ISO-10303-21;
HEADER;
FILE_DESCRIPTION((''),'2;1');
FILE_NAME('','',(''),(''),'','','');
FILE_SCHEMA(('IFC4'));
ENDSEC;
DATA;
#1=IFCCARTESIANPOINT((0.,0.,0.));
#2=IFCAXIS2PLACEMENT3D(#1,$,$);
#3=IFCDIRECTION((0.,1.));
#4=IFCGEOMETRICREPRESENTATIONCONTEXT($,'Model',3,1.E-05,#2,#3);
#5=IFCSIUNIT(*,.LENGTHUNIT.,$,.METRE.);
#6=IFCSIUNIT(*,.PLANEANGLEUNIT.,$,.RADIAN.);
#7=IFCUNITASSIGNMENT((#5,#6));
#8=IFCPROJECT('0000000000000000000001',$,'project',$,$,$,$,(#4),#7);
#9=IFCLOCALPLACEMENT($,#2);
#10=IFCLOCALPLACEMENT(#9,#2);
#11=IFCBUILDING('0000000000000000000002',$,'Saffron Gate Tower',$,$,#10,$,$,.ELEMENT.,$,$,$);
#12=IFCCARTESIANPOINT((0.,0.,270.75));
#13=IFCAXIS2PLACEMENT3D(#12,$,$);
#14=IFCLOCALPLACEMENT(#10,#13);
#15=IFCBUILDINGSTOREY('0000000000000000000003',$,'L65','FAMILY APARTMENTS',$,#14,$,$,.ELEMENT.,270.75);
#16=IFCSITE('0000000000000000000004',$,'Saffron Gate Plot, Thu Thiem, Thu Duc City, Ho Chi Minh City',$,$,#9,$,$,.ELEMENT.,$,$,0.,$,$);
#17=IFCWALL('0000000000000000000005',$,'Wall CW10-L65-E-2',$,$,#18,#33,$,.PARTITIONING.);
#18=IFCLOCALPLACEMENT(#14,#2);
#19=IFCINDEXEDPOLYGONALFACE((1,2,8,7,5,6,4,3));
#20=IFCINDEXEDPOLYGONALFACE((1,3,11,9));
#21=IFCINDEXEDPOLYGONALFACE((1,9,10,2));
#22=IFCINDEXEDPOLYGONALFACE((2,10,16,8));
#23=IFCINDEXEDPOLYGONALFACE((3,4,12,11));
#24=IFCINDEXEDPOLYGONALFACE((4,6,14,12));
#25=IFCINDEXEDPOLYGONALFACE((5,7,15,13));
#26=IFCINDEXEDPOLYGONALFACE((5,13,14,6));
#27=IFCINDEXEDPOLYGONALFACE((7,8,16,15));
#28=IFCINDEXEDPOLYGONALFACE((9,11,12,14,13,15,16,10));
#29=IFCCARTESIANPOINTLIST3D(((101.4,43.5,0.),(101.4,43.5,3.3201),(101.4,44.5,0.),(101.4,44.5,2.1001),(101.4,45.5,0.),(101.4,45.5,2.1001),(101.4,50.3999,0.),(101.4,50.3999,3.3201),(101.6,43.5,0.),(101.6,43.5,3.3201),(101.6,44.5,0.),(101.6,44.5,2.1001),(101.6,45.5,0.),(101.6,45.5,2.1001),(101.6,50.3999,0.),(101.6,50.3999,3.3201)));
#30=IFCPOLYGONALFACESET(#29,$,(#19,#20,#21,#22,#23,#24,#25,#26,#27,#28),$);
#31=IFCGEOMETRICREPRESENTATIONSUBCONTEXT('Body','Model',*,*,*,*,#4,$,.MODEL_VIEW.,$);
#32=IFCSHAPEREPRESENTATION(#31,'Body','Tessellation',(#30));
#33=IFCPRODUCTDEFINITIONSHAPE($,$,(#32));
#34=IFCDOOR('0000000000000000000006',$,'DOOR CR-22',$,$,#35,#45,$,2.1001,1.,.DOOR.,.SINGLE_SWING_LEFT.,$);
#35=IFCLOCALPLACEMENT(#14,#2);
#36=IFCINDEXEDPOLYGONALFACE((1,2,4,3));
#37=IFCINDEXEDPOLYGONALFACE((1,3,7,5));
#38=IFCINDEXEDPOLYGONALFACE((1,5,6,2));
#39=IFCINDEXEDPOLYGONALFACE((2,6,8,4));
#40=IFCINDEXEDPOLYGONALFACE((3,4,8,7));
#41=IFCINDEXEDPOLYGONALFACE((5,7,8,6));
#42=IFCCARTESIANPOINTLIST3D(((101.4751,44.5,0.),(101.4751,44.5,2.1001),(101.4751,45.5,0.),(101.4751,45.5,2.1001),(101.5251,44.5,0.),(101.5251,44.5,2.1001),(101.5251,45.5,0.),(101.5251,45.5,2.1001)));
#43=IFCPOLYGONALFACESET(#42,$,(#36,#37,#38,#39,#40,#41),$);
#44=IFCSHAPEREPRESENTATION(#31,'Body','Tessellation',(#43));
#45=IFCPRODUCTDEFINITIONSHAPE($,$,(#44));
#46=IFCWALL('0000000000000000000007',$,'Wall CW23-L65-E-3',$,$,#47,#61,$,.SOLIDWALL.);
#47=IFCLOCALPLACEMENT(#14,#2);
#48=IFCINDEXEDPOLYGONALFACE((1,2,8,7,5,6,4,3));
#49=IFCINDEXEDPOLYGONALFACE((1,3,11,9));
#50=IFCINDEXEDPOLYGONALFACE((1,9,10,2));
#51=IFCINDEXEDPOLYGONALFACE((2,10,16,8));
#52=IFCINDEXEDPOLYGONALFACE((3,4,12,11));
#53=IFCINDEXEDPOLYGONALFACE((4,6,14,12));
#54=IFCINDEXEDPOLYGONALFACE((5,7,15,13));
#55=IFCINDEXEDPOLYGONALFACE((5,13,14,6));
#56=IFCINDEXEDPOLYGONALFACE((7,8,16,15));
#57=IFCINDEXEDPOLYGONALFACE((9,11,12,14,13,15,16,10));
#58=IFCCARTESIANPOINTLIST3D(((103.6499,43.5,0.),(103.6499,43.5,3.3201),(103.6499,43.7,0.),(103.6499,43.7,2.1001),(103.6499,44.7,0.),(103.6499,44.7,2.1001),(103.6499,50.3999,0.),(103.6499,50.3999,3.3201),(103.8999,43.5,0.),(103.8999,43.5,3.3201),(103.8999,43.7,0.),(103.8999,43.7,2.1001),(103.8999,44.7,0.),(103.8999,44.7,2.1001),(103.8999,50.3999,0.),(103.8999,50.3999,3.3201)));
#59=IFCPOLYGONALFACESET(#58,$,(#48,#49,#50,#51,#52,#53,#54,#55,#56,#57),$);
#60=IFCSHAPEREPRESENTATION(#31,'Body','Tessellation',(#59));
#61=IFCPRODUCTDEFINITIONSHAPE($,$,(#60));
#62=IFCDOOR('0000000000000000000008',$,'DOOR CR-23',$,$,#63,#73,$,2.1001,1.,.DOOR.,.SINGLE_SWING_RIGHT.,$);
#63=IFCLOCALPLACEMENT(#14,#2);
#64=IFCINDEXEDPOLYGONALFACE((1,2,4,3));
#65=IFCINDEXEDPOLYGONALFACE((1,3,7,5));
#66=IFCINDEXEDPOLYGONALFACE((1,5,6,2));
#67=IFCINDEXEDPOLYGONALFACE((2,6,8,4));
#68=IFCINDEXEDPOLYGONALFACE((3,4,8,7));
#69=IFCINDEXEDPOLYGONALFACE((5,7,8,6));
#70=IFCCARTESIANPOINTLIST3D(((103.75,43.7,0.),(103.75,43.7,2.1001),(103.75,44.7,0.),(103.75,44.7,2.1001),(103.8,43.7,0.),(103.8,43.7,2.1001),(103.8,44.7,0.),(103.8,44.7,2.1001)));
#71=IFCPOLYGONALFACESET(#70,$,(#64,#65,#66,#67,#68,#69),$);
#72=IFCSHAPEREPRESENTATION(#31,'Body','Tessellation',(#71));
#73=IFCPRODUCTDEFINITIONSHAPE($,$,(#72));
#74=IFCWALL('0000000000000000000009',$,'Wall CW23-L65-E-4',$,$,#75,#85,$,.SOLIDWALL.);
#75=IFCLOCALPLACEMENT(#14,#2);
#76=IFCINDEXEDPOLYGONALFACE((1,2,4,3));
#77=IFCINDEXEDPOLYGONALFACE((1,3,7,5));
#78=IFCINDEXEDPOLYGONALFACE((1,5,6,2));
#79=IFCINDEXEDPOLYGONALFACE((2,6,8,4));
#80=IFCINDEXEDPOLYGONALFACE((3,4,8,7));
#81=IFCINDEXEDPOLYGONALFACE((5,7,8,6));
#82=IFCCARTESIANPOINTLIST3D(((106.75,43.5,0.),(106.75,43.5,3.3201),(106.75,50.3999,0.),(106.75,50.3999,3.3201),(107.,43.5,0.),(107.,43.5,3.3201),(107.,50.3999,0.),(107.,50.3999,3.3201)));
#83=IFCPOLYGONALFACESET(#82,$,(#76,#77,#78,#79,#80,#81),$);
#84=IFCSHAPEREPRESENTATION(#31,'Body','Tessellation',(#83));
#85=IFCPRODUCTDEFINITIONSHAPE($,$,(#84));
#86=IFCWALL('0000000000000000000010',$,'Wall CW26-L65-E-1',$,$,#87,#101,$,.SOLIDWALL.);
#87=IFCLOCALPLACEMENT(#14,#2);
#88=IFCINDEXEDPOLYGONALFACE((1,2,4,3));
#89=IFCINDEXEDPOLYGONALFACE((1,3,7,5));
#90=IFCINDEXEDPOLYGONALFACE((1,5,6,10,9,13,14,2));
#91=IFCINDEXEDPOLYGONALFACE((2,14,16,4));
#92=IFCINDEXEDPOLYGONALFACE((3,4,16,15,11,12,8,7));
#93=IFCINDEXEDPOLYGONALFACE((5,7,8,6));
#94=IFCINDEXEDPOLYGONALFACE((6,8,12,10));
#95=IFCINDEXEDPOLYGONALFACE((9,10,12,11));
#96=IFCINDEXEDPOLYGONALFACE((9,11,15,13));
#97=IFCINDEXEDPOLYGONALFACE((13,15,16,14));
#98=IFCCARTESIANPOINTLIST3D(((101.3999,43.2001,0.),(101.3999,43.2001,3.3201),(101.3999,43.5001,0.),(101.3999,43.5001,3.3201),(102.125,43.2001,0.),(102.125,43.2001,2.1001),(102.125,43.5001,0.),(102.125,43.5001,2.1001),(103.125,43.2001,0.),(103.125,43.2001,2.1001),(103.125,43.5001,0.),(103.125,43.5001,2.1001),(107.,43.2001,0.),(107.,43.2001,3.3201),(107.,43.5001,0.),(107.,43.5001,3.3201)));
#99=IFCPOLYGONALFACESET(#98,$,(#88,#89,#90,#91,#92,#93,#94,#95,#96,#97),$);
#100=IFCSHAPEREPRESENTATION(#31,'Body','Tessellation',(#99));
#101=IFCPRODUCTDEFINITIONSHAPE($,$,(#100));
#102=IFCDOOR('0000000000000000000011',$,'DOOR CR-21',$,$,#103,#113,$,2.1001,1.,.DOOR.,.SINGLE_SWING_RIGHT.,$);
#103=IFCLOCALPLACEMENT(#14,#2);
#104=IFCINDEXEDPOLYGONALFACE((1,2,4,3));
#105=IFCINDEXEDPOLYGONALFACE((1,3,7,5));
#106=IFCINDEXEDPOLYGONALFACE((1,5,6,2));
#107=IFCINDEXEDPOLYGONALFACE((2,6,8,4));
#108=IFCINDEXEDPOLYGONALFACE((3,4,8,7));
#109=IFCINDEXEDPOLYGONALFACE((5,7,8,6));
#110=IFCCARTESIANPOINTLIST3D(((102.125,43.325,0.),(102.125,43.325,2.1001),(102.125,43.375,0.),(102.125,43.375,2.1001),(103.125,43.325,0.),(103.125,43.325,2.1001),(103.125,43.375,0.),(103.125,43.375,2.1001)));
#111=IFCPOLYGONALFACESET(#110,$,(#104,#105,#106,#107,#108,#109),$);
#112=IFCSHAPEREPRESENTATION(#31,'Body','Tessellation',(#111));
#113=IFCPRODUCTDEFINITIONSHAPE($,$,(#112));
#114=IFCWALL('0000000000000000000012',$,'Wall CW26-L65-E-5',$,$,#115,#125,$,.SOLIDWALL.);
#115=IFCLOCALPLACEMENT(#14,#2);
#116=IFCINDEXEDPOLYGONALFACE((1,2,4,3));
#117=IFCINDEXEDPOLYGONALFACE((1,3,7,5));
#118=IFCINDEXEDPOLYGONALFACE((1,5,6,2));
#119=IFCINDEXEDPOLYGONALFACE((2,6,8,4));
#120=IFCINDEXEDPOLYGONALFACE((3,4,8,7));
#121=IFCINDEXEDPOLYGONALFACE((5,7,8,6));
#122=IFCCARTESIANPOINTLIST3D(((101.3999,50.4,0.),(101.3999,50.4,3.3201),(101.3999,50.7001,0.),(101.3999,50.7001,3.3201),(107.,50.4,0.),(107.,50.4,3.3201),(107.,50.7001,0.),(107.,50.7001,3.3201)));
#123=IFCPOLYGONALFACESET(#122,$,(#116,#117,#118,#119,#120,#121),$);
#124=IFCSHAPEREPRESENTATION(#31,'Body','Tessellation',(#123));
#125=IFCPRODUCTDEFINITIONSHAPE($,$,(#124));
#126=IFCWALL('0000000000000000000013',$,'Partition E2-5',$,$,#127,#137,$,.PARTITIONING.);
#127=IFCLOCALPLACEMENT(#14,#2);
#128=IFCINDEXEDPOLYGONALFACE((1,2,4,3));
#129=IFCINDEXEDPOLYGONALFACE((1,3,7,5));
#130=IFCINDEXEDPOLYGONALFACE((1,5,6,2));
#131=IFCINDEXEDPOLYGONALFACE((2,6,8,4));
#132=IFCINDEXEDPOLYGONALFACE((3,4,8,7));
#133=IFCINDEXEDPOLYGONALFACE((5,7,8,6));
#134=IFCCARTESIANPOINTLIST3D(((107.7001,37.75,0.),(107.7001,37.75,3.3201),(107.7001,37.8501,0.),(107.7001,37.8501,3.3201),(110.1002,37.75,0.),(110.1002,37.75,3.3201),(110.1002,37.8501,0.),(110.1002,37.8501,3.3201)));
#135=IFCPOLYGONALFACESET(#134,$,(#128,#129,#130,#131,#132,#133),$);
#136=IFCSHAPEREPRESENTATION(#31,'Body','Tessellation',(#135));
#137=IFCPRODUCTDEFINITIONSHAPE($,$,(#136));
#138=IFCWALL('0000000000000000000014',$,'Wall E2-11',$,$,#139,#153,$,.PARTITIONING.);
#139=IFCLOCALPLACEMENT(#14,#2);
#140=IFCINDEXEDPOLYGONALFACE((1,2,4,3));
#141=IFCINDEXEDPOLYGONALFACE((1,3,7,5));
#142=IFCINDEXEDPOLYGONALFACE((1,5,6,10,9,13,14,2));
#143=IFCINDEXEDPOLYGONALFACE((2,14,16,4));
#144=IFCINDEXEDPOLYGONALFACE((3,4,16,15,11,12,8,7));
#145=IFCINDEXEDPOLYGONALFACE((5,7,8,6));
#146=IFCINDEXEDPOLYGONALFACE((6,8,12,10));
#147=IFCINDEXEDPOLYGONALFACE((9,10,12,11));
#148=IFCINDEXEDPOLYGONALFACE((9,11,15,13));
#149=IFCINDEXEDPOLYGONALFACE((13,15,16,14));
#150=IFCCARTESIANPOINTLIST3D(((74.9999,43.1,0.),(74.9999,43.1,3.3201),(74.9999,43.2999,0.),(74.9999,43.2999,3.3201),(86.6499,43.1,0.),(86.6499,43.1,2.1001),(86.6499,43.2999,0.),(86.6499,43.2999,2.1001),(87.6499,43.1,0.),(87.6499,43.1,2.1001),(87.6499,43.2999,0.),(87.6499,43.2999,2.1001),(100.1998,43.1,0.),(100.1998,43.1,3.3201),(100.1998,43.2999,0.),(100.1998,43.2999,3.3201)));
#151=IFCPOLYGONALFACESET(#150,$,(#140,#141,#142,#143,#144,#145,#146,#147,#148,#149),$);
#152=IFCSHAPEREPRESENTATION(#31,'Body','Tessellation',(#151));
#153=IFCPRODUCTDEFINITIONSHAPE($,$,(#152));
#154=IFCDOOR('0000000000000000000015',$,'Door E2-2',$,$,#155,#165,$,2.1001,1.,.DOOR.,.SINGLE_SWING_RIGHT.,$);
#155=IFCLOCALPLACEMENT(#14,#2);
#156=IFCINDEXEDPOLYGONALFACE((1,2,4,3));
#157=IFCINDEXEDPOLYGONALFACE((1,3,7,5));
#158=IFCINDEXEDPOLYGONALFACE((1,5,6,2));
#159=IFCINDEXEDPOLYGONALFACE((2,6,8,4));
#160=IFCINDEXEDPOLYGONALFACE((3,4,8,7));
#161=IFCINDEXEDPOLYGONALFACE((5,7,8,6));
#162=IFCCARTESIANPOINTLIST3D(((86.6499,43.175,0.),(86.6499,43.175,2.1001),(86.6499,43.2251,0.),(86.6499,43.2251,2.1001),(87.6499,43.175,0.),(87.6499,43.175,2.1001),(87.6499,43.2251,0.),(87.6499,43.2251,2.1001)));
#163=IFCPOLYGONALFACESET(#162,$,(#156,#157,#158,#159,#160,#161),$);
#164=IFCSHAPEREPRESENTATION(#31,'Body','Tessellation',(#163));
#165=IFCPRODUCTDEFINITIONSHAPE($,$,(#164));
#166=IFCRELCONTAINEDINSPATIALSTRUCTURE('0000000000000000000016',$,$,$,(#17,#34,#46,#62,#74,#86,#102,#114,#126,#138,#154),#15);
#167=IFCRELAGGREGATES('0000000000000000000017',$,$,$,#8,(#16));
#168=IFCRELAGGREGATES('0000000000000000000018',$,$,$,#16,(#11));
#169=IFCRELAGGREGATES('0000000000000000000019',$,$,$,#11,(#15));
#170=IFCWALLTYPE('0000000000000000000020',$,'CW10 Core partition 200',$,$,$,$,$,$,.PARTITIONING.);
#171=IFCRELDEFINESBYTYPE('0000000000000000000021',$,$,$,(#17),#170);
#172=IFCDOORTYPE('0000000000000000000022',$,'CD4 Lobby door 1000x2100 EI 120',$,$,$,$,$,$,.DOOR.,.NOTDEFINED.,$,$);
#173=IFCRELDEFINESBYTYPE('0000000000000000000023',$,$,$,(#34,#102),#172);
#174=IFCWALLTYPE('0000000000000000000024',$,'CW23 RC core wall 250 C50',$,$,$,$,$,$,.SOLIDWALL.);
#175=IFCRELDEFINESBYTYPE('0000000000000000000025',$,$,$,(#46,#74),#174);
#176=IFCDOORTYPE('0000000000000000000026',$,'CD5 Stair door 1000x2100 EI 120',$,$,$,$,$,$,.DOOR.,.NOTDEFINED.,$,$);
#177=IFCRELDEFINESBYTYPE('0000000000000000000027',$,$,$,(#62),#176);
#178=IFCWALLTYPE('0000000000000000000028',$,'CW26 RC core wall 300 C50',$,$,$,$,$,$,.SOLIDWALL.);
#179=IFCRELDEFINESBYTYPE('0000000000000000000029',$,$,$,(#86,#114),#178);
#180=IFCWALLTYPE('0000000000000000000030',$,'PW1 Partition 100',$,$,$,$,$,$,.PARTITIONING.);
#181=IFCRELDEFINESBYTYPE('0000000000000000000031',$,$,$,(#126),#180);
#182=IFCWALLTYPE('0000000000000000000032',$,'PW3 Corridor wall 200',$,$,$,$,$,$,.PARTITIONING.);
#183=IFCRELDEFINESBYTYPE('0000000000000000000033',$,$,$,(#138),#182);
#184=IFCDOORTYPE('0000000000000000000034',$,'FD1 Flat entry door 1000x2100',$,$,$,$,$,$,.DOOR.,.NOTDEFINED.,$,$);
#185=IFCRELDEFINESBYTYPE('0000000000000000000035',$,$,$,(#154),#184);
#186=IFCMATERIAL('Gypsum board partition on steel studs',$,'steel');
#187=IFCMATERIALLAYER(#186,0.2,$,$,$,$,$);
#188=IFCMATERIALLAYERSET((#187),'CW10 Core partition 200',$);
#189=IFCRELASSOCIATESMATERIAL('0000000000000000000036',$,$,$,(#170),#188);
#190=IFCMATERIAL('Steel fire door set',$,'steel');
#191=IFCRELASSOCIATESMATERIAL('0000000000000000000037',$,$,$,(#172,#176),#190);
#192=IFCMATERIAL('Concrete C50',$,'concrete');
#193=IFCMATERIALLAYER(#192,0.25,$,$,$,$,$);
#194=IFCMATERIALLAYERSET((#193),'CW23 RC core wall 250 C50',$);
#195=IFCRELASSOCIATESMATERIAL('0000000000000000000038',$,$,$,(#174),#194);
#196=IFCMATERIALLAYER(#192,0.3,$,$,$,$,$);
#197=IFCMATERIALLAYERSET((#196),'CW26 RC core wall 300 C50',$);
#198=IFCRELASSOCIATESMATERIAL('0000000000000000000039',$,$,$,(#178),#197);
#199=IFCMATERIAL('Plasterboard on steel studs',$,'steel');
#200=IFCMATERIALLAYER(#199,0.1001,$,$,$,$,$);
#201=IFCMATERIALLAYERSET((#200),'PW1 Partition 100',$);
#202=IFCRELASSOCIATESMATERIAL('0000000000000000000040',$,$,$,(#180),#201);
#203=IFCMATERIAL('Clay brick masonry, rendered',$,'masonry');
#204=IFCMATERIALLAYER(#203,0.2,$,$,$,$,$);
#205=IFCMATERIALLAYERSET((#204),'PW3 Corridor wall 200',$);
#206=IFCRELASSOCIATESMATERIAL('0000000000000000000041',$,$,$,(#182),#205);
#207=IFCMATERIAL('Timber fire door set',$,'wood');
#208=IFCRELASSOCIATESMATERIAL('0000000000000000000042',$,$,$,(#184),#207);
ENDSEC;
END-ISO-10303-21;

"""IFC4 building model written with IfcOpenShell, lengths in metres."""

from ifc_helpers import new_model, si_unit, direction, frame, frame_2d, origin, place, context, subcontext, project, spatial, rectangle, extrude, material, layer, layer_set, type_object, element, fill, save


model = new_model("IFC4")

# Units and contexts
model_context = context("Model", 3, precision=1e-05, world=origin(), true_north=direction((0.0, 1.0)))
body_context = subcontext(model_context, "Body", "Model", "MODEL_VIEW")
ifc_project = project(units=[si_unit("LENGTHUNIT", "METRE"), si_unit("PLANEANGLEUNIT", "RADIAN")], contexts=[model_context])

# Site, building, storey
site_placement = place(None, origin())
site = spatial("IfcSite", under=ifc_project, at=site_placement, Name="Saffron Gate Plot, Thu Thiem, Thu Duc City, Ho Chi Minh City", CompositionType="ELEMENT", RefElevation=0.0)
building_placement = place(site_placement, origin())
building = spatial("IfcBuilding", under=site, at=building_placement, Name="Saffron Gate Tower", CompositionType="ELEMENT")
storey_placement = place(building_placement, frame((0.0, 0.0, 270.75)))
storey = spatial("IfcBuildingStorey", under=building, at=storey_placement, Name="L65", Description="FAMILY APARTMENTS", CompositionType="ELEMENT", Elevation=270.75)

# Walls, openings, doors
ifc_material_1 = material(Name="Gypsum board partition on steel studs", Category="steel")
ifc_layer_1 = layer(ifc_material_1, 0.2)
ifc_layer_set_1 = layer_set([ifc_layer_1], Name="CW10 Core partition 200")
wall_type_1 = type_object("IfcWallType", Name="CW10 Core partition 200", PredefinedType="PARTITIONING", material=ifc_layer_set_1)
wall_1_placement = place(storey_placement, frame((101.5, 43.5, 0.0), z_axis=(0.0, 0.0, 1.0), x_axis=(0.0, 1.0, 0.0)))
wall_1 = element("IfcWall", 1, at=wall_1_placement, inside=storey, type_object=wall_type_1, Name="Wall CW10-L65-E-2", PredefinedType="PARTITIONING", context=body_context, shape_type="SweptSolid", body=[
    extrude(rectangle(XDim=6.8999, YDim=0.2, at=frame_2d((3.45, 0.0))), origin(), (0.0, 0.0, 1.0), 3.3201),
])
opening_1_placement = place(wall_1_placement, frame((1.0, 0.0, 0.0)))
opening_1 = element("IfcOpeningElement", 2, at=opening_1_placement, cuts=wall_1, PredefinedType="OPENING", context=body_context, shape_type="SweptSolid", body=[
    extrude(rectangle(XDim=1.0, YDim=2.1001, at=frame_2d((0.5, 1.05))), frame((0.0, 0.1099, 0.0), z_axis=(0.0, -1.0, 0.0), x_axis=(1.0, 0.0, 0.0)), (0.0, 0.0, 1.0), 0.22),
])
ifc_material_2 = material(Name="Steel fire door set", Category="steel")
door_type_1 = type_object("IfcDoorType", Name="CD4 Lobby door 1000x2100 EI 120", OperationType="NOTDEFINED", PredefinedType="DOOR", material=ifc_material_2)
door_1_placement = place(opening_1_placement, origin())
door_1 = element("IfcDoor", 3, at=door_1_placement, inside=storey, type_object=door_type_1, Name="DOOR CR-22", OperationType="SINGLE_SWING_LEFT", OverallHeight=2.1001, OverallWidth=1.0, PredefinedType="DOOR", context=body_context, shape_type="SweptSolid", body=[
    extrude(rectangle(XDim=1.0, YDim=2.1001, at=frame_2d((0.5, 1.05))), frame((0.0, 0.0249, 0.0), z_axis=(0.0, -1.0, 0.0), x_axis=(1.0, 0.0, 0.0)), (0.0, 0.0, 1.0), 0.05),
])
fill(opening_1, door_1)
ifc_material_3 = material(Name="Concrete C50", Category="concrete")
ifc_layer_2 = layer(ifc_material_3, 0.25)
ifc_layer_set_2 = layer_set([ifc_layer_2], Name="CW23 RC core wall 250 C50")
wall_type_2 = type_object("IfcWallType", Name="CW23 RC core wall 250 C50", PredefinedType="SOLIDWALL", material=ifc_layer_set_2)
wall_2_placement = place(storey_placement, frame((103.7749, 43.5, 0.0), z_axis=(0.0, 0.0, 1.0), x_axis=(0.0, 1.0, 0.0)))
wall_2 = element("IfcWall", 4, at=wall_2_placement, inside=storey, type_object=wall_type_2, Name="Wall CW23-L65-E-3", PredefinedType="SOLIDWALL", context=body_context, shape_type="SweptSolid", body=[
    extrude(rectangle(XDim=6.8999, YDim=0.25, at=frame_2d((3.45, 0.0))), origin(), (0.0, 0.0, 1.0), 3.3201),
])
opening_2_placement = place(wall_2_placement, frame((0.2, 0.0, 0.0)))
opening_2 = element("IfcOpeningElement", 5, at=opening_2_placement, cuts=wall_2, PredefinedType="OPENING", context=body_context, shape_type="SweptSolid", body=[
    extrude(rectangle(XDim=1.0, YDim=2.1001, at=frame_2d((0.5, 1.05))), frame((0.0, 0.135, 0.0), z_axis=(0.0, -1.0, 0.0), x_axis=(1.0, 0.0, 0.0)), (0.0, 0.0, 1.0), 0.27),
])
door_type_2 = type_object("IfcDoorType", Name="CD5 Stair door 1000x2100 EI 120", OperationType="NOTDEFINED", PredefinedType="DOOR", material=ifc_material_2)
door_2_placement = place(opening_2_placement, origin())
door_2 = element("IfcDoor", 6, at=door_2_placement, inside=storey, type_object=door_type_2, Name="DOOR CR-23", OperationType="SINGLE_SWING_RIGHT", OverallHeight=2.1001, OverallWidth=1.0, PredefinedType="DOOR", context=body_context, shape_type="SweptSolid", body=[
    extrude(rectangle(XDim=1.0, YDim=2.1001, at=frame_2d((0.5, 1.05))), frame((0.0, 0.0249, 0.0), z_axis=(0.0, -1.0, 0.0), x_axis=(1.0, 0.0, 0.0)), (0.0, 0.0, 1.0), 0.05),
])
fill(opening_2, door_2)

# Wall
wall_3_placement = place(storey_placement, frame((106.875, 43.5, 0.0), z_axis=(0.0, 0.0, 1.0), x_axis=(0.0, 1.0, 0.0)))
element("IfcWall", 7, at=wall_3_placement, inside=storey, type_object=wall_type_2, Name="Wall CW23-L65-E-4", PredefinedType="SOLIDWALL", context=body_context, shape_type="SweptSolid", body=[
    extrude(rectangle(XDim=6.8999, YDim=0.25, at=frame_2d((3.45, 0.0))), origin(), (0.0, 0.0, 1.0), 3.3201),
])

# Wall, opening, door
ifc_layer_3 = layer(ifc_material_3, 0.3)
ifc_layer_set_3 = layer_set([ifc_layer_3], Name="CW26 RC core wall 300 C50")
wall_type_3 = type_object("IfcWallType", Name="CW26 RC core wall 300 C50", PredefinedType="SOLIDWALL", material=ifc_layer_set_3)
wall_4_placement = place(storey_placement, frame((101.3999, 43.3501, 0.0), z_axis=(0.0, 0.0, 1.0), x_axis=(1.0, 0.0, 0.0)))
wall_4 = element("IfcWall", 8, at=wall_4_placement, inside=storey, type_object=wall_type_3, Name="Wall CW26-L65-E-1", PredefinedType="SOLIDWALL", context=body_context, shape_type="SweptSolid", body=[
    extrude(rectangle(XDim=5.6001, YDim=0.3, at=frame_2d((2.8, 0.0))), origin(), (0.0, 0.0, 1.0), 3.3201),
])
opening_3_placement = place(wall_4_placement, frame((0.7251, 0.0, 0.0)))
opening_3 = element("IfcOpeningElement", 9, at=opening_3_placement, cuts=wall_4, PredefinedType="OPENING", context=body_context, shape_type="SweptSolid", body=[
    extrude(rectangle(XDim=1.0, YDim=2.1001, at=frame_2d((0.5, 1.05))), frame((0.0, 0.1602, 0.0), z_axis=(0.0, -1.0, 0.0), x_axis=(1.0, 0.0, 0.0)), (0.0, 0.0, 1.0), 0.3201),
])
door_3_placement = place(opening_3_placement, origin())
door_3 = element("IfcDoor", 10, at=door_3_placement, inside=storey, type_object=door_type_1, Name="DOOR CR-21", OperationType="SINGLE_SWING_RIGHT", OverallHeight=2.1001, OverallWidth=1.0, PredefinedType="DOOR", context=body_context, shape_type="SweptSolid", body=[
    extrude(rectangle(XDim=1.0, YDim=2.1001, at=frame_2d((0.5, 1.05))), frame((0.0, 0.0249, 0.0), z_axis=(0.0, -1.0, 0.0), x_axis=(1.0, 0.0, 0.0)), (0.0, 0.0, 1.0), 0.05),
])
fill(opening_3, door_3)

# Walls
wall_5_placement = place(storey_placement, frame((101.3999, 50.55, 0.0), z_axis=(0.0, 0.0, 1.0), x_axis=(1.0, 0.0, 0.0)))
element("IfcWall", 11, at=wall_5_placement, inside=storey, type_object=wall_type_3, Name="Wall CW26-L65-E-5", PredefinedType="SOLIDWALL", context=body_context, shape_type="SweptSolid", body=[
    extrude(rectangle(XDim=5.6001, YDim=0.3, at=frame_2d((2.8, 0.0))), origin(), (0.0, 0.0, 1.0), 3.3201),
])
ifc_material_4 = material(Name="Plasterboard on steel studs", Category="steel")
ifc_layer_4 = layer(ifc_material_4, 0.1001)
ifc_layer_set_4 = layer_set([ifc_layer_4], Name="PW1 Partition 100")
wall_type_4 = type_object("IfcWallType", Name="PW1 Partition 100", PredefinedType="PARTITIONING", material=ifc_layer_set_4)
wall_6_placement = place(storey_placement, frame((107.7, 37.8, 0.0), z_axis=(0.0, 0.0, 1.0), x_axis=(1.0, 0.0, 0.0)))
element("IfcWall", 12, at=wall_6_placement, inside=storey, type_object=wall_type_4, Name="Partition E2-5", PredefinedType="PARTITIONING", context=body_context, shape_type="SweptSolid", body=[
    extrude(rectangle(XDim=2.4001, YDim=0.1001, at=frame_2d((1.2002, 0.0))), origin(), (0.0, 0.0, 1.0), 3.3201),
])

# Wall, opening, door
ifc_material_5 = material(Name="Clay brick masonry, rendered", Category="masonry")
ifc_layer_5 = layer(ifc_material_5, 0.2)
ifc_layer_set_5 = layer_set([ifc_layer_5], Name="PW3 Corridor wall 200")
wall_type_5 = type_object("IfcWallType", Name="PW3 Corridor wall 200", PredefinedType="PARTITIONING", material=ifc_layer_set_5)
wall_7_placement = place(storey_placement, frame((100.2, 43.2, 0.0), z_axis=(0.0, 0.0, 1.0), x_axis=(-1.0, 0.0, 0.0)))
wall_7 = element("IfcWall", 13, at=wall_7_placement, inside=storey, type_object=wall_type_5, Name="Wall E2-11", PredefinedType="PARTITIONING", context=body_context, shape_type="SweptSolid", body=[
    extrude(rectangle(XDim=25.2, YDim=0.2, at=frame_2d((12.6001, 0.0))), origin(), (0.0, 0.0, 1.0), 3.3201),
])
opening_4_placement = place(wall_7_placement, frame((12.55, 0.0, 0.0)))
opening_4 = element("IfcOpeningElement", 14, at=opening_4_placement, cuts=wall_7, PredefinedType="OPENING", context=body_context, shape_type="SweptSolid", body=[
    extrude(rectangle(XDim=1.0, YDim=2.1001, at=frame_2d((0.5, 1.05))), frame((0.0, 0.1099, 0.0), z_axis=(0.0, -1.0, 0.0), x_axis=(1.0, 0.0, 0.0)), (0.0, 0.0, 1.0), 0.22),
])
ifc_material_6 = material(Name="Timber fire door set", Category="wood")
door_type_3 = type_object("IfcDoorType", Name="FD1 Flat entry door 1000x2100", OperationType="NOTDEFINED", PredefinedType="DOOR", material=ifc_material_6)
door_4_placement = place(opening_4_placement, origin())
door_4 = element("IfcDoor", 15, at=door_4_placement, inside=storey, type_object=door_type_3, Name="Door E2-2", OperationType="SINGLE_SWING_RIGHT", OverallHeight=2.1001, OverallWidth=1.0, PredefinedType="DOOR", context=body_context, shape_type="SweptSolid", body=[
    extrude(rectangle(XDim=1.0, YDim=2.1001, at=frame_2d((0.5, 1.05))), frame((0.0, 0.0249, 0.0), z_axis=(0.0, -1.0, 0.0), x_axis=(1.0, 0.0, 0.0)), (0.0, 0.0, 1.0), 0.05),
])
fill(opening_4, door_4)

save(model, "model.ifc")
